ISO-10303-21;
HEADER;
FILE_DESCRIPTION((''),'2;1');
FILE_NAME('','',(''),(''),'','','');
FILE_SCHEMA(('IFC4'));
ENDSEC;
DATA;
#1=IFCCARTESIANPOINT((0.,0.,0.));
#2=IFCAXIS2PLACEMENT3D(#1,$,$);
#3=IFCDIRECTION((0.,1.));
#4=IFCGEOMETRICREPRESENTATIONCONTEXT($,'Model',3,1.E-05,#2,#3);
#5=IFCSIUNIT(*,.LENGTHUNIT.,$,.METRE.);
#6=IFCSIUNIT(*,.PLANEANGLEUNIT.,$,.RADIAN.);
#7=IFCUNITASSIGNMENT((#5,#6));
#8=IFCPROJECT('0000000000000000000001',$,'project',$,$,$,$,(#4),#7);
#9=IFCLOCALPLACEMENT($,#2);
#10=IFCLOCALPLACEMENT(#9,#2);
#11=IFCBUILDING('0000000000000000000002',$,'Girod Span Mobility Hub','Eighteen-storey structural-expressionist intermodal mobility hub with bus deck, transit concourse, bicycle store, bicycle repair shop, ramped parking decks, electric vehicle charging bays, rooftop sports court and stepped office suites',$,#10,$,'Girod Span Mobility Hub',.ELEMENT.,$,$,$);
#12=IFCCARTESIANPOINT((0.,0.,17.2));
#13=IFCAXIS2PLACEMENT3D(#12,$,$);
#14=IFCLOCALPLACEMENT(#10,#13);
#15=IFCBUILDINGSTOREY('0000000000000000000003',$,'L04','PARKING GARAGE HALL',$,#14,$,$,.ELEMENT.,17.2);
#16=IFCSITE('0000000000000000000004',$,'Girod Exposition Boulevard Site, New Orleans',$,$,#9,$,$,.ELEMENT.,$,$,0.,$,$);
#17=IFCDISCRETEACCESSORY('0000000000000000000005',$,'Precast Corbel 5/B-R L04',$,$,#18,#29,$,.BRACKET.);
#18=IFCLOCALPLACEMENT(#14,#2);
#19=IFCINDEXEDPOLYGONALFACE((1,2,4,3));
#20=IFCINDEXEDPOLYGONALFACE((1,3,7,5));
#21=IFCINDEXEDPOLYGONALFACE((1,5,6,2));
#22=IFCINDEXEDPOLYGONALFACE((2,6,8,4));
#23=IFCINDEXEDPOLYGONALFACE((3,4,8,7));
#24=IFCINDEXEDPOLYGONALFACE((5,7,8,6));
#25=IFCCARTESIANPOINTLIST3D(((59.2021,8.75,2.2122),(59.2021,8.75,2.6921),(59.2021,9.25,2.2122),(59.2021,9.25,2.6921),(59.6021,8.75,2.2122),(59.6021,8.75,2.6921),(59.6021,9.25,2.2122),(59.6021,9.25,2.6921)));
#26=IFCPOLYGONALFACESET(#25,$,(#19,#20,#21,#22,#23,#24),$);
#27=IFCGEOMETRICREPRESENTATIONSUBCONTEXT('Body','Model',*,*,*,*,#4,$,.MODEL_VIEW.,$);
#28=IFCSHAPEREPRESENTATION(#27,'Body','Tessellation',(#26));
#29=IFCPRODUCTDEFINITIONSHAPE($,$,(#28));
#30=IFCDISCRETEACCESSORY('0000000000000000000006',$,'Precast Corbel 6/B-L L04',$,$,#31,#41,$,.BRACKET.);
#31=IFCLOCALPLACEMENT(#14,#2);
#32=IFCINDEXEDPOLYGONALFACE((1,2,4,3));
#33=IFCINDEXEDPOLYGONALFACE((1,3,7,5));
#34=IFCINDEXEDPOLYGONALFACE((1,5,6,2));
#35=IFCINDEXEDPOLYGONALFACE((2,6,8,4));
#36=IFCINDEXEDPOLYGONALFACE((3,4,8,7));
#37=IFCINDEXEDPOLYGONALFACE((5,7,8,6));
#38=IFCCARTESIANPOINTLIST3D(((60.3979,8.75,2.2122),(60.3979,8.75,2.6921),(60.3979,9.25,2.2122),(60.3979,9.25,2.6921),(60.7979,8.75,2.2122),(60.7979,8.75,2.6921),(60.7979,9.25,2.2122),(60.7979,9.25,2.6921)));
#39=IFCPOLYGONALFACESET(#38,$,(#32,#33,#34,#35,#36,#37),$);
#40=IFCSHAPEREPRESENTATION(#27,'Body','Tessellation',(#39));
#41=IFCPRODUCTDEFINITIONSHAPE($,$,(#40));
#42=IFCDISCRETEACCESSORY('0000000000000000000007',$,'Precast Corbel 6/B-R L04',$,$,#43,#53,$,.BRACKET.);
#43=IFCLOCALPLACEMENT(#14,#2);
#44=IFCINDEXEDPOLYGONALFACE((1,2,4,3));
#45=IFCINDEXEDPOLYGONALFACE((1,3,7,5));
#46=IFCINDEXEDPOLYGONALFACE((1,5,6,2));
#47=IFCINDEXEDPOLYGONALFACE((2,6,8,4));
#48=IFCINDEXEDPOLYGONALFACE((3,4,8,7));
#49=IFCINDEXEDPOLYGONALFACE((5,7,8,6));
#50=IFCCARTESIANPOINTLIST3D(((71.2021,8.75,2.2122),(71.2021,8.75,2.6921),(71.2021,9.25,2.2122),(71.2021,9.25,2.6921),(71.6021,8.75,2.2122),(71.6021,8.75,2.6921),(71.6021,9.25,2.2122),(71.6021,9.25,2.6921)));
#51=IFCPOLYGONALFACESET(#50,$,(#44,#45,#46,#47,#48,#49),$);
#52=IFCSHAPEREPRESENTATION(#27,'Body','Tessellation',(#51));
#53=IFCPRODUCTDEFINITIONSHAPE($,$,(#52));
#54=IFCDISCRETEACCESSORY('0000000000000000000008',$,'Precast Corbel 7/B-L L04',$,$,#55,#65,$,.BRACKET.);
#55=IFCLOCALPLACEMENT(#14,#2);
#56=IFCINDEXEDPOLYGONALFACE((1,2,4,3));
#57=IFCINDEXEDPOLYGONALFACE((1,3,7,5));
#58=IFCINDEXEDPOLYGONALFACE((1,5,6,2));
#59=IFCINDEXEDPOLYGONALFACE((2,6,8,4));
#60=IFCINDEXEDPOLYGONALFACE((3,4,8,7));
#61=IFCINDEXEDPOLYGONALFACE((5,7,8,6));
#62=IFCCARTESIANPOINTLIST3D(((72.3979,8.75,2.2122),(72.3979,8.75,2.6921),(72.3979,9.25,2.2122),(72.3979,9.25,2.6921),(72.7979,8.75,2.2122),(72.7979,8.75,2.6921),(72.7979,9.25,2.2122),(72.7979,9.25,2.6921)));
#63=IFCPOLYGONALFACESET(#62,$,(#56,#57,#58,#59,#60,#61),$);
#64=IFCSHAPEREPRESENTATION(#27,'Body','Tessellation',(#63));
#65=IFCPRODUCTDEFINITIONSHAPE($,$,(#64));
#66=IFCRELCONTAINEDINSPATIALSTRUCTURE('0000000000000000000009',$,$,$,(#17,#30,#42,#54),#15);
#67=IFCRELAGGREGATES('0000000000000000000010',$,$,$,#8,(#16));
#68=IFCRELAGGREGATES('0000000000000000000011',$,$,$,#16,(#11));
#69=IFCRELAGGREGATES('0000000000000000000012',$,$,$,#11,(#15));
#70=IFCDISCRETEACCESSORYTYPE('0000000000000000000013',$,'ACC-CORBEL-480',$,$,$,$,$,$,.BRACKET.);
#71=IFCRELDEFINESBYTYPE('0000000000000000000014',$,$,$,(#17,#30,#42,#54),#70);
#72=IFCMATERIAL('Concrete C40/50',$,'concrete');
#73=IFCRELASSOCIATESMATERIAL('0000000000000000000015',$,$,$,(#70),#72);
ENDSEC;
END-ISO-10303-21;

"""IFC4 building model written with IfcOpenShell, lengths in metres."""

from ifc_helpers import new_model, si_unit, direction, frame, origin, origin_2d, place, context, subcontext, project, spatial, rectangle, extrude, material, type_object, element, save


model = new_model("IFC4")

# Units and contexts
model_context = context("Model", 3, precision=1e-05, world=origin(), true_north=direction((0.0, 1.0)))
body_context = subcontext(model_context, "Body", "Model", "MODEL_VIEW")
ifc_project = project(units=[si_unit("LENGTHUNIT", "METRE"), si_unit("PLANEANGLEUNIT", "RADIAN")], contexts=[model_context])

# Site, building, storey
site_placement = place(None, origin())
site = spatial("IfcSite", under=ifc_project, at=site_placement, Name="Girod Exposition Boulevard Site, New Orleans", CompositionType="ELEMENT", RefElevation=0.0)
building_placement = place(site_placement, origin())
building = spatial("IfcBuilding", under=site, at=building_placement, Name="Girod Span Mobility Hub", Description="Eighteen-storey structural-expressionist intermodal mobility hub with bus deck, transit concourse, bicycle store, bicycle repair shop, ramped parking decks, electric vehicle charging bays, rooftop sports court and stepped office suites", LongName="Girod Span Mobility Hub", CompositionType="ELEMENT")
storey_placement = place(building_placement, frame((0.0, 0.0, 17.2)))
storey = spatial("IfcBuildingStorey", under=building, at=storey_placement, Name="L04", Description="PARKING GARAGE HALL", CompositionType="ELEMENT", Elevation=17.2)

# Discrete accessories
ifc_material_1 = material(Name="Concrete C40/50", Category="concrete")
discrete_accessory_type = type_object("IfcDiscreteAccessoryType", Name="ACC-CORBEL-480", PredefinedType="BRACKET", material=ifc_material_1)
for number, where, z_axis, x_axis, name in (
    (1, (59.4021, 9.0, 2.2122), (0.0, 0.0, 1.0), (1.0, 0.0, 0.0), "Precast Corbel 5/B-R L04"),
    (2, (60.5979, 9.0, 2.2122), (0.0, 0.0, 1.0), (1.0, 0.0, 0.0), "Precast Corbel 6/B-L L04"),
    (3, (71.4021, 9.0, 2.2122), (0.0, 0.0, 1.0), (1.0, 0.0, 0.0), "Precast Corbel 6/B-R L04"),
    (4, (72.5979, 9.0, 2.2122), (0.0, 0.0, 1.0), (1.0, 0.0, 0.0), "Precast Corbel 7/B-L L04"),
):
    element("IfcDiscreteAccessory", number, at=place(storey_placement, frame(where, z_axis=z_axis, x_axis=x_axis)), inside=storey, type_object=discrete_accessory_type, Name=name, PredefinedType="BRACKET", context=body_context, shape_type="SweptSolid", body=[
        extrude(rectangle(XDim=0.3999, YDim=0.5, at=origin_2d()), origin(), (0.0, 0.0, 1.0), 0.48),
    ])

save(model, "model.ifc")
